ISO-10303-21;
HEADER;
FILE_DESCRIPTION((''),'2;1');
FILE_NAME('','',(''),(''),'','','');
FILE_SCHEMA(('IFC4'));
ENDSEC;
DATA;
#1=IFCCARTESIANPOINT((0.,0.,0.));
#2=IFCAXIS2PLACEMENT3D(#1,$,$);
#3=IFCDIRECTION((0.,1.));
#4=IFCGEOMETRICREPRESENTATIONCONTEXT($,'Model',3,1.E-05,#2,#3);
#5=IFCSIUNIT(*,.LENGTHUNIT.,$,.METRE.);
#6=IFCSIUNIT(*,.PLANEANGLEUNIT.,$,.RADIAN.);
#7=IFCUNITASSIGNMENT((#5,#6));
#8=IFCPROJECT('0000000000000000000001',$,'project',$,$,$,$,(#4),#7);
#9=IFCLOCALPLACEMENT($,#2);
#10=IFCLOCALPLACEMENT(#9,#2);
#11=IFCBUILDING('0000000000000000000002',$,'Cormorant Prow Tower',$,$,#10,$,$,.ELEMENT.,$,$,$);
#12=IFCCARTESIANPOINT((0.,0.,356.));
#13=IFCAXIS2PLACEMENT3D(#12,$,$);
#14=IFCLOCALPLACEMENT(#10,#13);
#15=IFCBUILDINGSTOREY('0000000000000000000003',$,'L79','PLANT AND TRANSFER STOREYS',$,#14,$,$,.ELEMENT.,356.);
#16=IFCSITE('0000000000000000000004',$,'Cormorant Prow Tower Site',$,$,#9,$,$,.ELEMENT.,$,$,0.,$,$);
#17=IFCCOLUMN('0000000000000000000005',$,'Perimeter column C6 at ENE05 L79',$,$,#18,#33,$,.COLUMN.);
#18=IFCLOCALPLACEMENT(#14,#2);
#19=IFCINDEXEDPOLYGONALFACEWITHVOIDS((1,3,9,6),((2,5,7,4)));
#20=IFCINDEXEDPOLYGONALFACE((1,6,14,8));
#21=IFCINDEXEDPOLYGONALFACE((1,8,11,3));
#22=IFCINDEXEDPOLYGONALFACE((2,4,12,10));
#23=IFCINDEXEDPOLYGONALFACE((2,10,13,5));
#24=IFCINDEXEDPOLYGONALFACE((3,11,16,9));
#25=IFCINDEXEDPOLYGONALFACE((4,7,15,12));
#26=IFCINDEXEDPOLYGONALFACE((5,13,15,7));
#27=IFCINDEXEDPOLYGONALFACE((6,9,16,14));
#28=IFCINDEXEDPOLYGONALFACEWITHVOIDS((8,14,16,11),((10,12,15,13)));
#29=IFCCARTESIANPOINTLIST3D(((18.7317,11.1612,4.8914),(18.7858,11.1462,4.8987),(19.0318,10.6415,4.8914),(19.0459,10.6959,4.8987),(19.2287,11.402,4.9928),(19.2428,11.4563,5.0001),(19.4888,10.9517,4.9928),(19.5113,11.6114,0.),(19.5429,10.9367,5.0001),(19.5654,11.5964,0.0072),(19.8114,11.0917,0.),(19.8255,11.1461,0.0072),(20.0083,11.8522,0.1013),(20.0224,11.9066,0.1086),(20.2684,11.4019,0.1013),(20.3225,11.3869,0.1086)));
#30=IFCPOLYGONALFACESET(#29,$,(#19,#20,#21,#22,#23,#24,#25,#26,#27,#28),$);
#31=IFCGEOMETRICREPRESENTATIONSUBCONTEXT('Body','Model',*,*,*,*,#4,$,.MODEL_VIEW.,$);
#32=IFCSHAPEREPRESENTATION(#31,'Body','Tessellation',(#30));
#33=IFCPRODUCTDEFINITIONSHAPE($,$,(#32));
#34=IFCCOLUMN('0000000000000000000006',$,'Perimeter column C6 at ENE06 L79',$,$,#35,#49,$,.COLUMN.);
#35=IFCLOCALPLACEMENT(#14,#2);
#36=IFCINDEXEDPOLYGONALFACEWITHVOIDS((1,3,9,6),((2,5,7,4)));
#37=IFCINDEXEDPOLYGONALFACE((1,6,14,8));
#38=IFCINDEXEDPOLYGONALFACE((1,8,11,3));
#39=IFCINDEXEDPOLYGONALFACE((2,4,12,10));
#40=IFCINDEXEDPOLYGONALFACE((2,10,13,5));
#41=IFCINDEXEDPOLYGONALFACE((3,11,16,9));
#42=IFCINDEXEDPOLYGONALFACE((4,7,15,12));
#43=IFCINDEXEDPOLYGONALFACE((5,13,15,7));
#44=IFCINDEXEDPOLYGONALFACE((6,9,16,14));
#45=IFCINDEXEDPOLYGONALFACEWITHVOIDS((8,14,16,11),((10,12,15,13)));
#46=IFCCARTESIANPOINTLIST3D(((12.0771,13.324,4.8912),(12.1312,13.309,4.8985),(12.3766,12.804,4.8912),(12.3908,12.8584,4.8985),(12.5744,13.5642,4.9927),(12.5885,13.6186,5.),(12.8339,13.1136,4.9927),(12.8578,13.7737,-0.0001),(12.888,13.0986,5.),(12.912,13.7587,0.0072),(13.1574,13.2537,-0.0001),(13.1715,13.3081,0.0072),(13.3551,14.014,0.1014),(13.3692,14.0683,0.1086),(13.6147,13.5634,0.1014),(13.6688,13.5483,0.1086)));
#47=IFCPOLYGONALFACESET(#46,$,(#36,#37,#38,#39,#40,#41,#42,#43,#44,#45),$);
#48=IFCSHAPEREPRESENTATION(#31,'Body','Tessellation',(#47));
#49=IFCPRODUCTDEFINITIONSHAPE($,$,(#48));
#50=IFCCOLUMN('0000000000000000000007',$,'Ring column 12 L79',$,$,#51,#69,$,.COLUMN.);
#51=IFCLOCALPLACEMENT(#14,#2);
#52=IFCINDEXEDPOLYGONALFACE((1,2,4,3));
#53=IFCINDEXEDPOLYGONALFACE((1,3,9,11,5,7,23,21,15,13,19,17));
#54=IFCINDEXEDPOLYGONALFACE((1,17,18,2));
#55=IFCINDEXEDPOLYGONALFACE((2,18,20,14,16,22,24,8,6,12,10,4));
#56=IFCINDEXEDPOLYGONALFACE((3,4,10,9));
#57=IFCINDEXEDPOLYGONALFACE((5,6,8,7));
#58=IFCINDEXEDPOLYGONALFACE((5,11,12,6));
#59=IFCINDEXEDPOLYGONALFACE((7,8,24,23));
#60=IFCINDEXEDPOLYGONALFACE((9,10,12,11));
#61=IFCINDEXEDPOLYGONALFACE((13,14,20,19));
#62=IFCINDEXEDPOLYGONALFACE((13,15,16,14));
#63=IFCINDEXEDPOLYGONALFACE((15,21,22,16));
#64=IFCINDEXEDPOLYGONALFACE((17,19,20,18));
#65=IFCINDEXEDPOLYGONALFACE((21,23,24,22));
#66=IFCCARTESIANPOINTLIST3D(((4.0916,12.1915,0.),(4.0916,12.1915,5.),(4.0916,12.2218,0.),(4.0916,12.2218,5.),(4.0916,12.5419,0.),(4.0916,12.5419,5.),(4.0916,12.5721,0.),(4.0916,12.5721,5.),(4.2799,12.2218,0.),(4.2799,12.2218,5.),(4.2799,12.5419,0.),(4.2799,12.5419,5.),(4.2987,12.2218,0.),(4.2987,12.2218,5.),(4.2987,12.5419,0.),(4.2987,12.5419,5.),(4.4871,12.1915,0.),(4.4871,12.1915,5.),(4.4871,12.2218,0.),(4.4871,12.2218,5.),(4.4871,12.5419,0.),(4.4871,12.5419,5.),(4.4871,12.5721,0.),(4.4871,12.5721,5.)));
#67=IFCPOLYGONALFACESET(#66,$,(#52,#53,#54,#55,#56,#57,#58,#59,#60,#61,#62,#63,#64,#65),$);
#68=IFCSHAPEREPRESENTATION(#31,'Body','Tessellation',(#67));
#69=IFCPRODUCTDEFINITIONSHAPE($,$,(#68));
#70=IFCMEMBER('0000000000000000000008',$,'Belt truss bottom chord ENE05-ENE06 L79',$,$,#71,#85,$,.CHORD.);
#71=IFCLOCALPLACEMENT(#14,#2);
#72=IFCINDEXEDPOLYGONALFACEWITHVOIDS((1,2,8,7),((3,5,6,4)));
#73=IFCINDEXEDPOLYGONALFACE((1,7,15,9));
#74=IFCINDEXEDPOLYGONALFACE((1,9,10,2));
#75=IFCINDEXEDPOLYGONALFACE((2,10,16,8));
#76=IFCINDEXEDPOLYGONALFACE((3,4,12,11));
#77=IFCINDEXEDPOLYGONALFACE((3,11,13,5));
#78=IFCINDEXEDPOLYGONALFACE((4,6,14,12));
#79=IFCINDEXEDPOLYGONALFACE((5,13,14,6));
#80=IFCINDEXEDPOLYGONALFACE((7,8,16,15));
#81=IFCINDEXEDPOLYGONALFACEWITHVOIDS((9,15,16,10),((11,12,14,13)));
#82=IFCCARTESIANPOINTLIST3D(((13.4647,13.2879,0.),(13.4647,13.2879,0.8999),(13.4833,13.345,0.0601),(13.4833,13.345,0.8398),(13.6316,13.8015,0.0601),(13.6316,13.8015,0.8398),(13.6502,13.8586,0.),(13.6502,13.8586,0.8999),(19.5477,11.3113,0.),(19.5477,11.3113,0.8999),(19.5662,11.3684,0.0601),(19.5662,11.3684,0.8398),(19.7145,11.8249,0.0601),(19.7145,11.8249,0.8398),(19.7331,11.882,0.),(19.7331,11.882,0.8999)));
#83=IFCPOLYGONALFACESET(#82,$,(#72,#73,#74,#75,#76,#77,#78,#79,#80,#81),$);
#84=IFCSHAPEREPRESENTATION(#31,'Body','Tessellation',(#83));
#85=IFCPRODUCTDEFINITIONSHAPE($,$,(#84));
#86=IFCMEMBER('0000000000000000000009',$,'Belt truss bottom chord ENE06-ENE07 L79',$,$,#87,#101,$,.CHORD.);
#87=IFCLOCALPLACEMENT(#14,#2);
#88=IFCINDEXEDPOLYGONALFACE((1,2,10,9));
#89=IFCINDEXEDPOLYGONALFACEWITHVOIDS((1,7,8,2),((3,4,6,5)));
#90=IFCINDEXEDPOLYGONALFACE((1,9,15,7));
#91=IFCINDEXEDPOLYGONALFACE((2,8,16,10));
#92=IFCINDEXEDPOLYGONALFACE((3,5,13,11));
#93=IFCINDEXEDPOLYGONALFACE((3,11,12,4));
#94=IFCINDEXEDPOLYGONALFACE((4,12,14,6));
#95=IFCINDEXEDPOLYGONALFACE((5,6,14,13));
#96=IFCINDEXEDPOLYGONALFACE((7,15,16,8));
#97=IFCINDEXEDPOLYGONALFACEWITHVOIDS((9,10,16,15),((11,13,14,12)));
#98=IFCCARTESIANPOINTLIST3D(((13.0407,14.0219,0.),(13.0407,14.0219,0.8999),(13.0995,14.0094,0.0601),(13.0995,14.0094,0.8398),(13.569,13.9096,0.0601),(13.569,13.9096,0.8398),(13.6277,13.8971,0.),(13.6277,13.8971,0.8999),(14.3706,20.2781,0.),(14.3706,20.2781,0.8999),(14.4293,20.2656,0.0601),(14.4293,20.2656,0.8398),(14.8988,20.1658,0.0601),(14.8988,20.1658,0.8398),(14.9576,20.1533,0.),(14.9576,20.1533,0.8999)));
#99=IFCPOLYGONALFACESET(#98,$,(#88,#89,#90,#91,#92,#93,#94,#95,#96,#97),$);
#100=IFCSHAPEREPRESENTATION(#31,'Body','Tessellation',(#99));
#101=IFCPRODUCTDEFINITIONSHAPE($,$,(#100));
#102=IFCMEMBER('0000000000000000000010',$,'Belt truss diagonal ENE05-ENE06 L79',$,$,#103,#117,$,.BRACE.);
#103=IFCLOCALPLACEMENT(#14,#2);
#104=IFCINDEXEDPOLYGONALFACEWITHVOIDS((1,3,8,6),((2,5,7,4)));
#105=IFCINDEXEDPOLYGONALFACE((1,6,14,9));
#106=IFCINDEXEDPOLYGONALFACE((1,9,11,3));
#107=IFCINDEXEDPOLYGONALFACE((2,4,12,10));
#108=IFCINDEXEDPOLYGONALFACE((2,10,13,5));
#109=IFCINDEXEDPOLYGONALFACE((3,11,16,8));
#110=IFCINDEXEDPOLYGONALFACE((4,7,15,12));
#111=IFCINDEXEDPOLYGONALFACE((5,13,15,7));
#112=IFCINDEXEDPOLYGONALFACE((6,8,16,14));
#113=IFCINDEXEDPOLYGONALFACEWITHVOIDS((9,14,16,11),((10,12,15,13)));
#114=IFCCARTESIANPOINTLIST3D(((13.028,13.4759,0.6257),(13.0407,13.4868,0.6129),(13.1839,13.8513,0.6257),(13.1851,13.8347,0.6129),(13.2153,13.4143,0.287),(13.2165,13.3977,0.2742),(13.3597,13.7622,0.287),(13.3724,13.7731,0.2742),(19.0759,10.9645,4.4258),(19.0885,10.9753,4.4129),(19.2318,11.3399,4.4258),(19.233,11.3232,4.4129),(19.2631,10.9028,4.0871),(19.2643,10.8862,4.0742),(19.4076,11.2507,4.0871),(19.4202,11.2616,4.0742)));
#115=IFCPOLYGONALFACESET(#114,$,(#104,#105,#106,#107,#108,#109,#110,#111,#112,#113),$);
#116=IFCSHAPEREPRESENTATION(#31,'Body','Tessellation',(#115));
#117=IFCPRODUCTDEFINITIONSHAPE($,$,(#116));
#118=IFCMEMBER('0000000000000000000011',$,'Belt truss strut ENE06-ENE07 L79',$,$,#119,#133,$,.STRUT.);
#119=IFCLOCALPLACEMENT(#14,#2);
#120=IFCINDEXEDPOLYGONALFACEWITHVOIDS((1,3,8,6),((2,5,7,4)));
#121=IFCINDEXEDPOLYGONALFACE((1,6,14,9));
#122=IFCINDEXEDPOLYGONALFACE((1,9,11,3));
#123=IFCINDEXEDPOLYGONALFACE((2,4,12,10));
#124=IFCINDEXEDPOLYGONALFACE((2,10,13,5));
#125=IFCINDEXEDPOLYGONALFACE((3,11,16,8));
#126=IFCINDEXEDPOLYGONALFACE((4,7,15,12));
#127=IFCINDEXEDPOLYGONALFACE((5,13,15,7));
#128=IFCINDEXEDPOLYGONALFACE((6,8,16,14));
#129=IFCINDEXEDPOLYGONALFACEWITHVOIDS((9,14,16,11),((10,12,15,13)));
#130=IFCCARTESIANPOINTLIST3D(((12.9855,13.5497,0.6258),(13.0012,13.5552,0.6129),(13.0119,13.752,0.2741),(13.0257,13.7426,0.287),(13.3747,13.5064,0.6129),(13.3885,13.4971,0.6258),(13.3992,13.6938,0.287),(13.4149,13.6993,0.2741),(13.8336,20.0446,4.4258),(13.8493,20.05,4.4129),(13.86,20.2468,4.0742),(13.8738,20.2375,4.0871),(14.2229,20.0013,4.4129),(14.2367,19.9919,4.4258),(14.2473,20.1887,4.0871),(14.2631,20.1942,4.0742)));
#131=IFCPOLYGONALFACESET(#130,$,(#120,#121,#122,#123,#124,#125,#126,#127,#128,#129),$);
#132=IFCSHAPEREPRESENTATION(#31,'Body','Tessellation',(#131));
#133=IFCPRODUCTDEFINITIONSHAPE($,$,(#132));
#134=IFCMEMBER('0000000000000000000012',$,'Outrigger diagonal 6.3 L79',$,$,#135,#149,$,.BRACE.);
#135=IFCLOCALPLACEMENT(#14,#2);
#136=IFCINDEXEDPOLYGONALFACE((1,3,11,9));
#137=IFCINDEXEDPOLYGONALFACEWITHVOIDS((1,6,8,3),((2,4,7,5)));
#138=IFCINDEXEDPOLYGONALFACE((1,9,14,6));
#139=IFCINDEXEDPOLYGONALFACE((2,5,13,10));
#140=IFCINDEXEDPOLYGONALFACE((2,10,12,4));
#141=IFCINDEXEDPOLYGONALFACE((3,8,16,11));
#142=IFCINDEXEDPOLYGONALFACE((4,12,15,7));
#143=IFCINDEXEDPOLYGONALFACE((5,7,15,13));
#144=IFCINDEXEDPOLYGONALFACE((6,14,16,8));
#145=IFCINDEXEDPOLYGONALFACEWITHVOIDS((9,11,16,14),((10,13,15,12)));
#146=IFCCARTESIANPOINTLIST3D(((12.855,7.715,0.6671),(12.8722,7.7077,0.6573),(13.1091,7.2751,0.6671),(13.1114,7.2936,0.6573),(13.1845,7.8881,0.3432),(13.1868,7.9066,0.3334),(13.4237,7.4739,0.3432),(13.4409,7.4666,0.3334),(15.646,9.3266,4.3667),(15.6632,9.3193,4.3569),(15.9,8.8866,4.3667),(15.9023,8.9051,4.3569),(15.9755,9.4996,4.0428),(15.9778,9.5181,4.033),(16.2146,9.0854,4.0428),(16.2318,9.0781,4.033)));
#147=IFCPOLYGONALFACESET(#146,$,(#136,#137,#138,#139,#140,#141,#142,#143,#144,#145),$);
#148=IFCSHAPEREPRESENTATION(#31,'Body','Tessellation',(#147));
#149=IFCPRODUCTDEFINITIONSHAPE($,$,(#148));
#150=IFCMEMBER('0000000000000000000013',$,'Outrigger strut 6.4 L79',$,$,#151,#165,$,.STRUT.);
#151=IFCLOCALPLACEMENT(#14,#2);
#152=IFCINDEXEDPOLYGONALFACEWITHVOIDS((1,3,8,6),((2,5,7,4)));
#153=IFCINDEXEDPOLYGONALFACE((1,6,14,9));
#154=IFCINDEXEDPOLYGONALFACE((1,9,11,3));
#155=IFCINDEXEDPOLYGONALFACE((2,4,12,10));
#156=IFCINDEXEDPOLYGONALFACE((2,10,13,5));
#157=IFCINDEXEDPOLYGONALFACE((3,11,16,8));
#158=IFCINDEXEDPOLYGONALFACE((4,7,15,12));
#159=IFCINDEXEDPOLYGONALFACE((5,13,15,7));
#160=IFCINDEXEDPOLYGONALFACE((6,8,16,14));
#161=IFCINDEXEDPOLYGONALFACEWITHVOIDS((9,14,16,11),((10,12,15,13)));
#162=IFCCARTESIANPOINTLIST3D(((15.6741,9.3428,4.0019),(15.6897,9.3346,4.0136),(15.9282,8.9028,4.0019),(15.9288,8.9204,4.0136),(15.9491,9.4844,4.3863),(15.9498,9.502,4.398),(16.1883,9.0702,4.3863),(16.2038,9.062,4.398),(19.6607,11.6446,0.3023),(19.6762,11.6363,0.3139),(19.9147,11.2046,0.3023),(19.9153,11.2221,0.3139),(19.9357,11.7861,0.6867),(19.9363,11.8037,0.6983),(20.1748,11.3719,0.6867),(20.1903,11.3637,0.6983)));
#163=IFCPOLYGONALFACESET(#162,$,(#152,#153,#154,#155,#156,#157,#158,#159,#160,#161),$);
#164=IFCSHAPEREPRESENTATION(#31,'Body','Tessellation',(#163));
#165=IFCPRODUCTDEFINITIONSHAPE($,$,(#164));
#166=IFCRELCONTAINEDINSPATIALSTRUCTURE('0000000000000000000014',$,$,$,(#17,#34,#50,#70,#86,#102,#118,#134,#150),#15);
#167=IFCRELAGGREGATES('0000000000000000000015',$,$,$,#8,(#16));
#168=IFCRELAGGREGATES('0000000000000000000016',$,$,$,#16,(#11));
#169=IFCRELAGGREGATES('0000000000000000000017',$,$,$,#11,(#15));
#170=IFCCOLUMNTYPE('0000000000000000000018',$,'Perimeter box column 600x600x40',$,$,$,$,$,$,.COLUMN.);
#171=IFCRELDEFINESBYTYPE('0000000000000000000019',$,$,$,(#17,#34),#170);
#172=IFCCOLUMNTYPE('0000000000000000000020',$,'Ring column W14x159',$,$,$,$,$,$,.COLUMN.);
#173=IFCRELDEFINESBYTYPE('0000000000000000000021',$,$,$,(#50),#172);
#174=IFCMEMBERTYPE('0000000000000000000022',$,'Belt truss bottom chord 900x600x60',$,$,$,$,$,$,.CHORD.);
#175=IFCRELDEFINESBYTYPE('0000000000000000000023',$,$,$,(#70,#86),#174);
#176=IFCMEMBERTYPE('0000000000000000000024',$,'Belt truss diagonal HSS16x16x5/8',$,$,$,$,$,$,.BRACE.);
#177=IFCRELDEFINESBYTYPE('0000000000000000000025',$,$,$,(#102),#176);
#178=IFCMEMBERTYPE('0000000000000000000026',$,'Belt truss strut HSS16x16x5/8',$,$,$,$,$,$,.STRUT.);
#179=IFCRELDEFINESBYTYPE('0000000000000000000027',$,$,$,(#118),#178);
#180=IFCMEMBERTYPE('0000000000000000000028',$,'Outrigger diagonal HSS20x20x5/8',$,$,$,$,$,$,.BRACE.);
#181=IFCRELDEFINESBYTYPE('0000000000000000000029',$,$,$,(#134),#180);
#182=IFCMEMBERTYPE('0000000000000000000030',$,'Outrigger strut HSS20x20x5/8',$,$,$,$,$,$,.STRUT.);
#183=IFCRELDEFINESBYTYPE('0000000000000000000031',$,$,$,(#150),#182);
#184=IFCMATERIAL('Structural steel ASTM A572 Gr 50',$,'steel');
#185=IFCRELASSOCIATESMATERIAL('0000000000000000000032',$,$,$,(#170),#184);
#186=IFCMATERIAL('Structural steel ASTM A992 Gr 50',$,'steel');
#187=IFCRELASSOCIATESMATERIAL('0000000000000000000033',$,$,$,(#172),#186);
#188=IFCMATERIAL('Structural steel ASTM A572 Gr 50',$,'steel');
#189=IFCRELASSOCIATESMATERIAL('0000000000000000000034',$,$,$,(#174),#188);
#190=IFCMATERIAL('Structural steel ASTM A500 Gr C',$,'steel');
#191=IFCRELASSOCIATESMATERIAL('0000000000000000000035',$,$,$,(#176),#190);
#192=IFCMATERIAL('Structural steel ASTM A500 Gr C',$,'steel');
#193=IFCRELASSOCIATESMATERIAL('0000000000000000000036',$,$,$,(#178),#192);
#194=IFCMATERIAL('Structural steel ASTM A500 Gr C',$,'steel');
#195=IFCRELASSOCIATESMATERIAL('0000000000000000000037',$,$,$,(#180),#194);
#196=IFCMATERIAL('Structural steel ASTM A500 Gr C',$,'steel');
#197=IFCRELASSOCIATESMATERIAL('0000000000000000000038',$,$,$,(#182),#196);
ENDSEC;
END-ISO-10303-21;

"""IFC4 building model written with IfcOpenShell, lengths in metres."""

from ifc_helpers import new_model, si_unit, direction, frame, origin, origin_2d, place, context, subcontext, project, spatial, hollow_rectangle, i_section, extrude, material, material_profile, profile_set, type_object, element, save


model = new_model("IFC4")

# Units and contexts
model_context = context("Model", 3, precision=1e-05, world=origin(), true_north=direction((0.0, 1.0)))
body_context = subcontext(model_context, "Body", "Model", "MODEL_VIEW")
ifc_project = project(units=[si_unit("LENGTHUNIT", "METRE"), si_unit("PLANEANGLEUNIT", "RADIAN")], contexts=[model_context])

# Site, building, storey
site_placement = place(None, origin())
site = spatial("IfcSite", under=ifc_project, at=site_placement, Name="Cormorant Prow Tower Site", CompositionType="ELEMENT", RefElevation=0.0)
building_placement = place(site_placement, origin())
building = spatial("IfcBuilding", under=site, at=building_placement, Name="Cormorant Prow Tower", CompositionType="ELEMENT")
storey_placement = place(building_placement, frame((0.0, 0.0, 356.0)))
storey = spatial("IfcBuildingStorey", under=building, at=storey_placement, Name="L79", Description="PLANT AND TRANSFER STOREYS", CompositionType="ELEMENT", Elevation=356.0)

# Columns
ifc_material_1 = material(Name="Structural steel ASTM A572 Gr 50", Category="steel")
ifc_material_profile_1 = material_profile(ifc_material_1, hollow_rectangle(XDim=0.6001, YDim=0.6001, WallThickness=0.04, at=origin_2d()), Name="Box 600x600x40")
ifc_profile_set_1 = profile_set([ifc_material_profile_1], Name="Structural steel ASTM A572 Gr 50")
column_type_1 = type_object("IfcColumnType", Name="Perimeter box column 600x600x40", PredefinedType="COLUMN", material=ifc_profile_set_1)
for number, where, z_axis, x_axis, name in (
    (1, (19.9255, 11.5042, 0.0), (-0.156743, -0.090521, 0.983482), (0.500105, -0.865965, 0.0), "Perimeter column C6 at ENE05 L79"),
    (2, (13.272, 13.666, 0.0), (-0.156978, -0.090422, 0.983454), (0.499133, -0.866525, 0.0), "Perimeter column C6 at ENE06 L79"),
):
    element("IfcColumn", number, at=place(storey_placement, frame(where, z_axis=z_axis, x_axis=x_axis)), inside=storey, type_object=column_type_1, Name=name, PredefinedType="COLUMN", context=body_context, shape_type="SweptSolid", body=[
        extrude(hollow_rectangle(XDim=0.6001, YDim=0.6001, WallThickness=0.04, at=origin_2d()), frame((0.0, 0.0, 0.0552)), (0.0, 0.0, 1.0), 4.9736),
    ])
ifc_material_2 = material(Name="Structural steel ASTM A992 Gr 50", Category="steel")
ifc_material_profile_2 = material_profile(ifc_material_2, i_section(OverallWidth=0.3955, OverallDepth=0.3806, WebThickness=0.0188, FlangeThickness=0.0303, at=origin_2d()), Name="W14x159")
ifc_profile_set_2 = profile_set([ifc_material_profile_2], Name="Structural steel ASTM A992 Gr 50")
column_type_2 = type_object("IfcColumnType", Name="Ring column W14x159", PredefinedType="COLUMN", material=ifc_profile_set_2)
column_placement = place(storey_placement, frame((4.2893, 12.3818, 0.0), z_axis=(0.0, 0.0, 1.0), x_axis=(1.0, 0.0, 0.0)))
element("IfcColumn", 3, at=column_placement, inside=storey, type_object=column_type_2, Name="Ring column 12 L79", PredefinedType="COLUMN", context=body_context, shape_type="SweptSolid", body=[
    extrude(i_section(OverallWidth=0.3955, OverallDepth=0.3806, WebThickness=0.0188, FlangeThickness=0.0303, at=origin_2d()), origin(), (0.0, 0.0, 1.0), 5.0),
])

# Members
ifc_material_3 = material(Name="Structural steel ASTM A572 Gr 50", Category="steel")
ifc_material_profile_3 = material_profile(ifc_material_3, hollow_rectangle(XDim=0.6001, YDim=0.8999, WallThickness=0.0601, at=origin_2d()), Name="Box 900x600x60")
ifc_profile_set_3 = profile_set([ifc_material_profile_3], Name="Structural steel ASTM A572 Gr 50")
member_type_1 = type_object("IfcMemberType", Name="Belt truss bottom chord 900x600x60", PredefinedType="CHORD", material=ifc_profile_set_3)
for number, where, z_axis, x_axis, name in (
    (4, (19.6404, 11.5967, 0.45), (-0.951053, 0.309027, 0.0), (-0.309027, -0.951053, 0.0), "Belt truss bottom chord ENE05-ENE06 L79"),
    (5, (13.3342, 13.9595, 0.45), (0.20792, 0.978146, 0.0), (-0.978146, 0.20792, 0.0), "Belt truss bottom chord ENE06-ENE07 L79"),
):
    element("IfcMember", number, at=place(storey_placement, frame(where, z_axis=z_axis, x_axis=x_axis)), inside=storey, type_object=member_type_1, Name=name, PredefinedType="CHORD", context=body_context, shape_type="SweptSolid", body=[
        extrude(hollow_rectangle(XDim=0.6001, YDim=0.8999, WallThickness=0.0601, at=origin_2d()), origin(), (0.0, 0.0, 1.0), 6.396),
    ])
ifc_material_4 = material(Name="Structural steel ASTM A500 Gr C", Category="steel")
ifc_material_profile_4 = material_profile(ifc_material_4, hollow_rectangle(XDim=0.4065, YDim=0.4065, WallThickness=0.0149, at=origin_2d()), Name="HSS16x16x5/8")
ifc_profile_set_4 = profile_set([ifc_material_profile_4], Name="Structural steel ASTM A500 Gr C")
member_type_2 = type_object("IfcMemberType", Name="Belt truss diagonal HSS16x16x5/8", PredefinedType="BRACE", material=ifc_profile_set_4)
member_1_placement = place(storey_placement, frame((13.2002, 13.6245, 0.45), z_axis=(0.798788, -0.33171, 0.501903), x_axis=(0.383514, 0.923535, 0.0)))
element("IfcMember", 6, at=member_1_placement, inside=storey, type_object=member_type_2, Name="Belt truss diagonal ENE05-ENE06 L79", PredefinedType="BRACE", context=body_context, shape_type="SweptSolid", body=[
    extrude(hollow_rectangle(XDim=0.4065, YDim=0.4065, WallThickness=0.0149, at=origin_2d()), origin(), (0.0, 0.0, 1.0), 7.5713),
])
ifc_material_5 = material(Name="Structural steel ASTM A500 Gr C", Category="steel")
ifc_material_profile_5 = material_profile(ifc_material_5, hollow_rectangle(XDim=0.4065, YDim=0.4065, WallThickness=0.0149, at=origin_2d()), Name="HSS16x16x5/8")
ifc_profile_set_5 = profile_set([ifc_material_profile_5], Name="Structural steel ASTM A500 Gr C")
member_type_3 = type_object("IfcMemberType", Name="Belt truss strut HSS16x16x5/8", PredefinedType="STRUT", material=ifc_profile_set_5)
member_2_placement = place(storey_placement, frame((13.2002, 13.6245, 0.45), z_axis=(0.112003, 0.85769, 0.501821), x_axis=(-0.991581, 0.129487, 0.0)))
element("IfcMember", 7, at=member_2_placement, inside=storey, type_object=member_type_3, Name="Belt truss strut ENE06-ENE07 L79", PredefinedType="STRUT", context=body_context, shape_type="SweptSolid", body=[
    extrude(hollow_rectangle(XDim=0.4065, YDim=0.4065, WallThickness=0.0149, at=origin_2d()), origin(), (0.0, 0.0, 1.0), 7.5725),
])
ifc_material_6 = material(Name="Structural steel ASTM A500 Gr C", Category="steel")
ifc_material_profile_6 = material_profile(ifc_material_6, hollow_rectangle(XDim=0.5081, YDim=0.5081, WallThickness=0.0149, at=origin_2d()), Name="HSS20x20x5/8")
ifc_profile_set_6 = profile_set([ifc_material_profile_6], Name="Structural steel ASTM A500 Gr C")
member_type_4 = type_object("IfcMemberType", Name="Outrigger diagonal HSS20x20x5/8", PredefinedType="BRACE", material=ifc_profile_set_6)
member_3_placement = place(storey_placement, frame((13.1479, 7.5908, 0.5002), z_axis=(0.568828, 0.32845, 0.754026), x_axis=(-0.500042, 0.866001, 0.0)))
element("IfcMember", 8, at=member_3_placement, inside=storey, type_object=member_type_4, Name="Outrigger diagonal 6.3 L79", PredefinedType="BRACE", context=body_context, shape_type="SweptSolid", body=[
    extrude(hollow_rectangle(XDim=0.5081, YDim=0.5081, WallThickness=0.0149, at=origin_2d()), origin(), (0.0, 0.0, 1.0), 4.9065),
])
ifc_material_7 = material(Name="Structural steel ASTM A500 Gr C", Category="steel")
ifc_material_profile_7 = material_profile(ifc_material_7, hollow_rectangle(XDim=0.5081, YDim=0.5081, WallThickness=0.0149, at=origin_2d()), Name="HSS20x20x5/8")
ifc_profile_set_7 = profile_set([ifc_material_profile_7], Name="Structural steel ASTM A500 Gr C")
member_type_5 = type_object("IfcMemberType", Name="Outrigger strut HSS20x20x5/8", PredefinedType="STRUT", material=ifc_profile_set_7)
member_4_placement = place(storey_placement, frame((15.939, 9.2024, 4.2), z_axis=(0.675025, 0.389744, -0.626451), x_axis=(-0.500018, 0.866015, 0.0)))
element("IfcMember", 9, at=member_4_placement, inside=storey, type_object=member_type_5, Name="Outrigger strut 6.4 L79", PredefinedType="STRUT", context=body_context, shape_type="SweptSolid", body=[
    extrude(hollow_rectangle(XDim=0.5081, YDim=0.5081, WallThickness=0.0149, at=origin_2d()), origin(), (0.0, 0.0, 1.0), 5.9058),
])

save(model, "model.ifc")
